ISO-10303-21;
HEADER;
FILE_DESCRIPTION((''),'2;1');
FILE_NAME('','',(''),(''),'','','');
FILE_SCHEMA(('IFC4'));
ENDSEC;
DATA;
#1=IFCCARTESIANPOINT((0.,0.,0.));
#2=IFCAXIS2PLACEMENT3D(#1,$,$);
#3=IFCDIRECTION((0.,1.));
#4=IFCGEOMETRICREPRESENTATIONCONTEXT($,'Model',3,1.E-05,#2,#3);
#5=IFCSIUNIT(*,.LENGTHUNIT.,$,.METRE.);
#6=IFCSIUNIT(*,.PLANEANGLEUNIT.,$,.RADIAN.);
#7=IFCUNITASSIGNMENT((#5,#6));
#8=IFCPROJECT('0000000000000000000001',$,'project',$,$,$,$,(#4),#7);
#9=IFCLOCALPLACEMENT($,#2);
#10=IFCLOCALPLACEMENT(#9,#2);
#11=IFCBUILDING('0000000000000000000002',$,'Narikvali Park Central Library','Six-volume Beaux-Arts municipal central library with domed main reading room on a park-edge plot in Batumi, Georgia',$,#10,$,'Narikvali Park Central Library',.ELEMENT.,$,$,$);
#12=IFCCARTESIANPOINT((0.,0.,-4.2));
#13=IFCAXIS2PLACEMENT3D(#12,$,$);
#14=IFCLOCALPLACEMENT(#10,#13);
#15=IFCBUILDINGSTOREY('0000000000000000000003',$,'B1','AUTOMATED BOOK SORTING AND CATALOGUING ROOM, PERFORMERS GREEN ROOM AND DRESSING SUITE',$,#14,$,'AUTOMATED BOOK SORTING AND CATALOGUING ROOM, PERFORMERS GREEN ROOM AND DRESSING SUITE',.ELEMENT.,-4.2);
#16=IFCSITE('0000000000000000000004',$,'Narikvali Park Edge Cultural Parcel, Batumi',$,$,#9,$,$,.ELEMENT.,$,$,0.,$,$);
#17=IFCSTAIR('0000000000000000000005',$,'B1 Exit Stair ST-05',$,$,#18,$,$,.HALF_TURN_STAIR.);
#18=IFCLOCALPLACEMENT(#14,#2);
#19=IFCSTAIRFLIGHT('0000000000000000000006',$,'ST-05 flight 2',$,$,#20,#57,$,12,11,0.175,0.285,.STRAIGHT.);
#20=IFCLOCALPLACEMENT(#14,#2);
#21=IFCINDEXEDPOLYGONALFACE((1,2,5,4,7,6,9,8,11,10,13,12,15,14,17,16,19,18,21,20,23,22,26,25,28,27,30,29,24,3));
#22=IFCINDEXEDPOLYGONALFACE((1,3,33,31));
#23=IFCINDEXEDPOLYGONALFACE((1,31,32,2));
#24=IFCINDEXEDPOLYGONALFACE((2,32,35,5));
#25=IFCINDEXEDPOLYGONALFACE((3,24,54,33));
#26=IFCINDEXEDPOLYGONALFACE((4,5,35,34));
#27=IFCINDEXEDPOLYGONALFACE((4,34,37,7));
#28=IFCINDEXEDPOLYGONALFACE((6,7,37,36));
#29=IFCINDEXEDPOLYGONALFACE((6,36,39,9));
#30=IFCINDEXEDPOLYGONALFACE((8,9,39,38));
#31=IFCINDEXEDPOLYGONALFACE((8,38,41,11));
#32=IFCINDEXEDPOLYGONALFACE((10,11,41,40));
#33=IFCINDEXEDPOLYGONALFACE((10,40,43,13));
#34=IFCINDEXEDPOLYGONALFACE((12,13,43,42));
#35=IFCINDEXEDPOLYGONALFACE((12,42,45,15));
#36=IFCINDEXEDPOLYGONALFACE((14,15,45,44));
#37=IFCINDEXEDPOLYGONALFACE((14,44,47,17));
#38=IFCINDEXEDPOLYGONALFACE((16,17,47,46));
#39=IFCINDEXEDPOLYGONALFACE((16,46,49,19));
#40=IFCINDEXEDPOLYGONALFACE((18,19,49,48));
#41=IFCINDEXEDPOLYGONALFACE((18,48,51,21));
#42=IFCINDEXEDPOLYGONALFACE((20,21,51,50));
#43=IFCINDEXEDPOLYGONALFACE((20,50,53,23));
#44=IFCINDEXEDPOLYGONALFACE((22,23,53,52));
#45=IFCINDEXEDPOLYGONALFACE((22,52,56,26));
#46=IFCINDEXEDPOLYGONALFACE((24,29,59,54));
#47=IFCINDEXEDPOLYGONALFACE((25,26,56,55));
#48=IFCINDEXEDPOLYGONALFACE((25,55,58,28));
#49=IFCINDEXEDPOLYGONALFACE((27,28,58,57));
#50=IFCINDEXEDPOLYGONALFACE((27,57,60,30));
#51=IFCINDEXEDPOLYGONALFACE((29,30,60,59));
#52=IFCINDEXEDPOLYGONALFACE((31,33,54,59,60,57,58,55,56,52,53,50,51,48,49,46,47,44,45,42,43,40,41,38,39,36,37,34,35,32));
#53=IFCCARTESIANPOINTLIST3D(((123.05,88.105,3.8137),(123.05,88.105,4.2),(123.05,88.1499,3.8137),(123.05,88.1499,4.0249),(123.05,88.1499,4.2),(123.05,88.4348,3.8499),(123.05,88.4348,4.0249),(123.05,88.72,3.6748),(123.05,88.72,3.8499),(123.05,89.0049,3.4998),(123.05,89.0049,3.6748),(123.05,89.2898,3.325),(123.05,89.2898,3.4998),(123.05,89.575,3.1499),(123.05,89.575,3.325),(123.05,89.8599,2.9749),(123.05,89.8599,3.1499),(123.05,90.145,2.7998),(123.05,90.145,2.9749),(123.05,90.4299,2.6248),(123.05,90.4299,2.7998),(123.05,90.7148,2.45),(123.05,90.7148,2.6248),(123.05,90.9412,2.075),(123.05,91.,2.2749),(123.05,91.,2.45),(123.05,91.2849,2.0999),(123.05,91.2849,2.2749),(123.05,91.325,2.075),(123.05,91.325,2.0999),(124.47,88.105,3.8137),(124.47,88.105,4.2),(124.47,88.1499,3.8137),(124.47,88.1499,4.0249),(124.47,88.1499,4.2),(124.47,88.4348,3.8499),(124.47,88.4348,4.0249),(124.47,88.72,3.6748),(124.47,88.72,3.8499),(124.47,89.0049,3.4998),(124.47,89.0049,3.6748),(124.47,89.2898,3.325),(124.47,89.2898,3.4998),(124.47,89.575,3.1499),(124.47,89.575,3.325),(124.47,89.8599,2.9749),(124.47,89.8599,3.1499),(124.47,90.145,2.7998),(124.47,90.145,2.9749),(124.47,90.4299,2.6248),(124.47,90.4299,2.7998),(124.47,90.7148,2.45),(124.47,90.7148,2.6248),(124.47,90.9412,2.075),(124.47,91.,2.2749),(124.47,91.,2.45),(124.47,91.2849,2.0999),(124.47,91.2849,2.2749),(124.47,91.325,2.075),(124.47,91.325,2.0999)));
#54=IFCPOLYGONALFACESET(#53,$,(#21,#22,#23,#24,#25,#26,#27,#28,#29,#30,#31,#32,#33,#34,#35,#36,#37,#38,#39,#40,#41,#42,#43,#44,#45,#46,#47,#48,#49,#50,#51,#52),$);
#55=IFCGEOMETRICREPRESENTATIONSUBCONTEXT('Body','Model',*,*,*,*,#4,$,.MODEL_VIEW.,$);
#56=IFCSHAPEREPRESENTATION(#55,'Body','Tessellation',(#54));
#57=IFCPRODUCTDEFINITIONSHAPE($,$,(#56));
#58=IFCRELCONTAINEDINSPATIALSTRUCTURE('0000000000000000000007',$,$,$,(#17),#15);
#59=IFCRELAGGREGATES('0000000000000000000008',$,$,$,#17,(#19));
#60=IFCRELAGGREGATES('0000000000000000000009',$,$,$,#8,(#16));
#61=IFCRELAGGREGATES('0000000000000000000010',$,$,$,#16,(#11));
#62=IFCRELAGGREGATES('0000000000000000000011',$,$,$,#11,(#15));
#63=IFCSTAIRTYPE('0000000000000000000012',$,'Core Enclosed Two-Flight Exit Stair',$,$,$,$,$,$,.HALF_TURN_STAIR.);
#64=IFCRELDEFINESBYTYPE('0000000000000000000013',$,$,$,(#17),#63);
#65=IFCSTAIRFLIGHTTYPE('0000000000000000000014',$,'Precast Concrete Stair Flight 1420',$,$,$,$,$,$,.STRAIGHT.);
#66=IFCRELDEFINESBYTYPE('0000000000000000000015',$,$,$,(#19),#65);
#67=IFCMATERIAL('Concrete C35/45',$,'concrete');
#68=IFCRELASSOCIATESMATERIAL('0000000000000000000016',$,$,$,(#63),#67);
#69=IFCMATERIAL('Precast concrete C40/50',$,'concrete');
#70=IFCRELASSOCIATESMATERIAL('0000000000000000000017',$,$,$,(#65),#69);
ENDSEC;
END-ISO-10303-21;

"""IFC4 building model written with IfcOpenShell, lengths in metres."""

from ifc_helpers import new_model, si_unit, direction, frame, origin, place, context, subcontext, project, spatial, polyline, outline, extrude, material, type_object, element, aggregate, save


model = new_model("IFC4")

# Units and contexts
model_context = context("Model", 3, precision=1e-05, world=origin(), true_north=direction((0.0, 1.0)))
body_context = subcontext(model_context, "Body", "Model", "MODEL_VIEW")
ifc_project = project(units=[si_unit("LENGTHUNIT", "METRE"), si_unit("PLANEANGLEUNIT", "RADIAN")], contexts=[model_context])

# Site, building, storey
site_placement = place(None, origin())
site = spatial("IfcSite", under=ifc_project, at=site_placement, Name="Narikvali Park Edge Cultural Parcel, Batumi", CompositionType="ELEMENT", RefElevation=0.0)
building_placement = place(site_placement, origin())
building = spatial("IfcBuilding", under=site, at=building_placement, Name="Narikvali Park Central Library", Description="Six-volume Beaux-Arts municipal central library with domed main reading room on a park-edge plot in Batumi, Georgia", LongName="Narikvali Park Central Library", CompositionType="ELEMENT")
storey_placement = place(building_placement, frame((0.0, 0.0, -4.2)))
storey = spatial("IfcBuildingStorey", under=building, at=storey_placement, Name="B1", Description="AUTOMATED BOOK SORTING AND CATALOGUING ROOM, PERFORMERS GREEN ROOM AND DRESSING SUITE", LongName="AUTOMATED BOOK SORTING AND CATALOGUING ROOM, PERFORMERS GREEN ROOM AND DRESSING SUITE", CompositionType="ELEMENT", Elevation=-4.2)

# Shared definitions
ifc_material_1 = material(Name="Concrete C35/45", Category="concrete")

# Stair, stair flight
stair_type = type_object("IfcStairType", Name="Core Enclosed Two-Flight Exit Stair", PredefinedType="HALF_TURN_STAIR", material=ifc_material_1)
stair_placement = place(storey_placement, origin())
stair = element("IfcStair", 1, at=stair_placement, inside=storey, type_object=stair_type, Name="B1 Exit Stair ST-05", PredefinedType="HALF_TURN_STAIR")
ifc_material_2 = material(Name="Precast concrete C40/50", Category="concrete")
stair_flight_type = type_object("IfcStairFlightType", Name="Precast Concrete Stair Flight 1420", PredefinedType="STRAIGHT", material=ifc_material_2)
stair_flight_1_placement = place(storey_placement, frame((123.76, 91.2849, 2.0999), z_axis=(0.0, 0.0, 1.0), x_axis=(0.0, -1.0, 0.0)))
stair_flight_1 = element("IfcStairFlight", 2, at=stair_flight_1_placement, type_object=stair_flight_type, Name="ST-05 flight 2", NumberOfRisers=12, NumberOfTreads=11, PredefinedType="STRAIGHT", RiserHeight=0.175, TreadLength=0.285, context=body_context, shape_type="SweptSolid", body=[
    extrude(outline(polyline([(-0.04, -0.0249), (-0.04, 0.0), (0.0, 0.0), (0.0, 0.175), (0.2849, 0.175), (0.2849, 0.3501), (0.5701, 0.3501), (0.5701, 0.5249), (0.855, 0.5249), (0.855, 0.7), (1.1399, 0.7), (1.1399, 0.875), (1.425, 0.875), (1.425, 1.05), (1.71, 1.05), (1.71, 1.2251), (1.9951, 1.2251), (1.9951, 1.3999), (2.28, 1.3999), (2.28, 1.575), (2.5649, 1.575), (2.5649, 1.75), (2.8501, 1.75), (2.8501, 1.925), (3.135, 1.925), (3.135, 2.1001), (3.1799, 2.1001), (3.1799, 1.7139), (3.135, 1.7139), (0.3438, -0.0249), (-0.04, -0.0249)])), frame((0.0, 0.71, 0.0), z_axis=(0.0, -1.0, 0.0), x_axis=(1.0, 0.0, 0.0)), (0.0, 0.0, 1.0), 1.4199),
])
aggregate(stair, [stair_flight_1])

save(model, "model.ifc")
